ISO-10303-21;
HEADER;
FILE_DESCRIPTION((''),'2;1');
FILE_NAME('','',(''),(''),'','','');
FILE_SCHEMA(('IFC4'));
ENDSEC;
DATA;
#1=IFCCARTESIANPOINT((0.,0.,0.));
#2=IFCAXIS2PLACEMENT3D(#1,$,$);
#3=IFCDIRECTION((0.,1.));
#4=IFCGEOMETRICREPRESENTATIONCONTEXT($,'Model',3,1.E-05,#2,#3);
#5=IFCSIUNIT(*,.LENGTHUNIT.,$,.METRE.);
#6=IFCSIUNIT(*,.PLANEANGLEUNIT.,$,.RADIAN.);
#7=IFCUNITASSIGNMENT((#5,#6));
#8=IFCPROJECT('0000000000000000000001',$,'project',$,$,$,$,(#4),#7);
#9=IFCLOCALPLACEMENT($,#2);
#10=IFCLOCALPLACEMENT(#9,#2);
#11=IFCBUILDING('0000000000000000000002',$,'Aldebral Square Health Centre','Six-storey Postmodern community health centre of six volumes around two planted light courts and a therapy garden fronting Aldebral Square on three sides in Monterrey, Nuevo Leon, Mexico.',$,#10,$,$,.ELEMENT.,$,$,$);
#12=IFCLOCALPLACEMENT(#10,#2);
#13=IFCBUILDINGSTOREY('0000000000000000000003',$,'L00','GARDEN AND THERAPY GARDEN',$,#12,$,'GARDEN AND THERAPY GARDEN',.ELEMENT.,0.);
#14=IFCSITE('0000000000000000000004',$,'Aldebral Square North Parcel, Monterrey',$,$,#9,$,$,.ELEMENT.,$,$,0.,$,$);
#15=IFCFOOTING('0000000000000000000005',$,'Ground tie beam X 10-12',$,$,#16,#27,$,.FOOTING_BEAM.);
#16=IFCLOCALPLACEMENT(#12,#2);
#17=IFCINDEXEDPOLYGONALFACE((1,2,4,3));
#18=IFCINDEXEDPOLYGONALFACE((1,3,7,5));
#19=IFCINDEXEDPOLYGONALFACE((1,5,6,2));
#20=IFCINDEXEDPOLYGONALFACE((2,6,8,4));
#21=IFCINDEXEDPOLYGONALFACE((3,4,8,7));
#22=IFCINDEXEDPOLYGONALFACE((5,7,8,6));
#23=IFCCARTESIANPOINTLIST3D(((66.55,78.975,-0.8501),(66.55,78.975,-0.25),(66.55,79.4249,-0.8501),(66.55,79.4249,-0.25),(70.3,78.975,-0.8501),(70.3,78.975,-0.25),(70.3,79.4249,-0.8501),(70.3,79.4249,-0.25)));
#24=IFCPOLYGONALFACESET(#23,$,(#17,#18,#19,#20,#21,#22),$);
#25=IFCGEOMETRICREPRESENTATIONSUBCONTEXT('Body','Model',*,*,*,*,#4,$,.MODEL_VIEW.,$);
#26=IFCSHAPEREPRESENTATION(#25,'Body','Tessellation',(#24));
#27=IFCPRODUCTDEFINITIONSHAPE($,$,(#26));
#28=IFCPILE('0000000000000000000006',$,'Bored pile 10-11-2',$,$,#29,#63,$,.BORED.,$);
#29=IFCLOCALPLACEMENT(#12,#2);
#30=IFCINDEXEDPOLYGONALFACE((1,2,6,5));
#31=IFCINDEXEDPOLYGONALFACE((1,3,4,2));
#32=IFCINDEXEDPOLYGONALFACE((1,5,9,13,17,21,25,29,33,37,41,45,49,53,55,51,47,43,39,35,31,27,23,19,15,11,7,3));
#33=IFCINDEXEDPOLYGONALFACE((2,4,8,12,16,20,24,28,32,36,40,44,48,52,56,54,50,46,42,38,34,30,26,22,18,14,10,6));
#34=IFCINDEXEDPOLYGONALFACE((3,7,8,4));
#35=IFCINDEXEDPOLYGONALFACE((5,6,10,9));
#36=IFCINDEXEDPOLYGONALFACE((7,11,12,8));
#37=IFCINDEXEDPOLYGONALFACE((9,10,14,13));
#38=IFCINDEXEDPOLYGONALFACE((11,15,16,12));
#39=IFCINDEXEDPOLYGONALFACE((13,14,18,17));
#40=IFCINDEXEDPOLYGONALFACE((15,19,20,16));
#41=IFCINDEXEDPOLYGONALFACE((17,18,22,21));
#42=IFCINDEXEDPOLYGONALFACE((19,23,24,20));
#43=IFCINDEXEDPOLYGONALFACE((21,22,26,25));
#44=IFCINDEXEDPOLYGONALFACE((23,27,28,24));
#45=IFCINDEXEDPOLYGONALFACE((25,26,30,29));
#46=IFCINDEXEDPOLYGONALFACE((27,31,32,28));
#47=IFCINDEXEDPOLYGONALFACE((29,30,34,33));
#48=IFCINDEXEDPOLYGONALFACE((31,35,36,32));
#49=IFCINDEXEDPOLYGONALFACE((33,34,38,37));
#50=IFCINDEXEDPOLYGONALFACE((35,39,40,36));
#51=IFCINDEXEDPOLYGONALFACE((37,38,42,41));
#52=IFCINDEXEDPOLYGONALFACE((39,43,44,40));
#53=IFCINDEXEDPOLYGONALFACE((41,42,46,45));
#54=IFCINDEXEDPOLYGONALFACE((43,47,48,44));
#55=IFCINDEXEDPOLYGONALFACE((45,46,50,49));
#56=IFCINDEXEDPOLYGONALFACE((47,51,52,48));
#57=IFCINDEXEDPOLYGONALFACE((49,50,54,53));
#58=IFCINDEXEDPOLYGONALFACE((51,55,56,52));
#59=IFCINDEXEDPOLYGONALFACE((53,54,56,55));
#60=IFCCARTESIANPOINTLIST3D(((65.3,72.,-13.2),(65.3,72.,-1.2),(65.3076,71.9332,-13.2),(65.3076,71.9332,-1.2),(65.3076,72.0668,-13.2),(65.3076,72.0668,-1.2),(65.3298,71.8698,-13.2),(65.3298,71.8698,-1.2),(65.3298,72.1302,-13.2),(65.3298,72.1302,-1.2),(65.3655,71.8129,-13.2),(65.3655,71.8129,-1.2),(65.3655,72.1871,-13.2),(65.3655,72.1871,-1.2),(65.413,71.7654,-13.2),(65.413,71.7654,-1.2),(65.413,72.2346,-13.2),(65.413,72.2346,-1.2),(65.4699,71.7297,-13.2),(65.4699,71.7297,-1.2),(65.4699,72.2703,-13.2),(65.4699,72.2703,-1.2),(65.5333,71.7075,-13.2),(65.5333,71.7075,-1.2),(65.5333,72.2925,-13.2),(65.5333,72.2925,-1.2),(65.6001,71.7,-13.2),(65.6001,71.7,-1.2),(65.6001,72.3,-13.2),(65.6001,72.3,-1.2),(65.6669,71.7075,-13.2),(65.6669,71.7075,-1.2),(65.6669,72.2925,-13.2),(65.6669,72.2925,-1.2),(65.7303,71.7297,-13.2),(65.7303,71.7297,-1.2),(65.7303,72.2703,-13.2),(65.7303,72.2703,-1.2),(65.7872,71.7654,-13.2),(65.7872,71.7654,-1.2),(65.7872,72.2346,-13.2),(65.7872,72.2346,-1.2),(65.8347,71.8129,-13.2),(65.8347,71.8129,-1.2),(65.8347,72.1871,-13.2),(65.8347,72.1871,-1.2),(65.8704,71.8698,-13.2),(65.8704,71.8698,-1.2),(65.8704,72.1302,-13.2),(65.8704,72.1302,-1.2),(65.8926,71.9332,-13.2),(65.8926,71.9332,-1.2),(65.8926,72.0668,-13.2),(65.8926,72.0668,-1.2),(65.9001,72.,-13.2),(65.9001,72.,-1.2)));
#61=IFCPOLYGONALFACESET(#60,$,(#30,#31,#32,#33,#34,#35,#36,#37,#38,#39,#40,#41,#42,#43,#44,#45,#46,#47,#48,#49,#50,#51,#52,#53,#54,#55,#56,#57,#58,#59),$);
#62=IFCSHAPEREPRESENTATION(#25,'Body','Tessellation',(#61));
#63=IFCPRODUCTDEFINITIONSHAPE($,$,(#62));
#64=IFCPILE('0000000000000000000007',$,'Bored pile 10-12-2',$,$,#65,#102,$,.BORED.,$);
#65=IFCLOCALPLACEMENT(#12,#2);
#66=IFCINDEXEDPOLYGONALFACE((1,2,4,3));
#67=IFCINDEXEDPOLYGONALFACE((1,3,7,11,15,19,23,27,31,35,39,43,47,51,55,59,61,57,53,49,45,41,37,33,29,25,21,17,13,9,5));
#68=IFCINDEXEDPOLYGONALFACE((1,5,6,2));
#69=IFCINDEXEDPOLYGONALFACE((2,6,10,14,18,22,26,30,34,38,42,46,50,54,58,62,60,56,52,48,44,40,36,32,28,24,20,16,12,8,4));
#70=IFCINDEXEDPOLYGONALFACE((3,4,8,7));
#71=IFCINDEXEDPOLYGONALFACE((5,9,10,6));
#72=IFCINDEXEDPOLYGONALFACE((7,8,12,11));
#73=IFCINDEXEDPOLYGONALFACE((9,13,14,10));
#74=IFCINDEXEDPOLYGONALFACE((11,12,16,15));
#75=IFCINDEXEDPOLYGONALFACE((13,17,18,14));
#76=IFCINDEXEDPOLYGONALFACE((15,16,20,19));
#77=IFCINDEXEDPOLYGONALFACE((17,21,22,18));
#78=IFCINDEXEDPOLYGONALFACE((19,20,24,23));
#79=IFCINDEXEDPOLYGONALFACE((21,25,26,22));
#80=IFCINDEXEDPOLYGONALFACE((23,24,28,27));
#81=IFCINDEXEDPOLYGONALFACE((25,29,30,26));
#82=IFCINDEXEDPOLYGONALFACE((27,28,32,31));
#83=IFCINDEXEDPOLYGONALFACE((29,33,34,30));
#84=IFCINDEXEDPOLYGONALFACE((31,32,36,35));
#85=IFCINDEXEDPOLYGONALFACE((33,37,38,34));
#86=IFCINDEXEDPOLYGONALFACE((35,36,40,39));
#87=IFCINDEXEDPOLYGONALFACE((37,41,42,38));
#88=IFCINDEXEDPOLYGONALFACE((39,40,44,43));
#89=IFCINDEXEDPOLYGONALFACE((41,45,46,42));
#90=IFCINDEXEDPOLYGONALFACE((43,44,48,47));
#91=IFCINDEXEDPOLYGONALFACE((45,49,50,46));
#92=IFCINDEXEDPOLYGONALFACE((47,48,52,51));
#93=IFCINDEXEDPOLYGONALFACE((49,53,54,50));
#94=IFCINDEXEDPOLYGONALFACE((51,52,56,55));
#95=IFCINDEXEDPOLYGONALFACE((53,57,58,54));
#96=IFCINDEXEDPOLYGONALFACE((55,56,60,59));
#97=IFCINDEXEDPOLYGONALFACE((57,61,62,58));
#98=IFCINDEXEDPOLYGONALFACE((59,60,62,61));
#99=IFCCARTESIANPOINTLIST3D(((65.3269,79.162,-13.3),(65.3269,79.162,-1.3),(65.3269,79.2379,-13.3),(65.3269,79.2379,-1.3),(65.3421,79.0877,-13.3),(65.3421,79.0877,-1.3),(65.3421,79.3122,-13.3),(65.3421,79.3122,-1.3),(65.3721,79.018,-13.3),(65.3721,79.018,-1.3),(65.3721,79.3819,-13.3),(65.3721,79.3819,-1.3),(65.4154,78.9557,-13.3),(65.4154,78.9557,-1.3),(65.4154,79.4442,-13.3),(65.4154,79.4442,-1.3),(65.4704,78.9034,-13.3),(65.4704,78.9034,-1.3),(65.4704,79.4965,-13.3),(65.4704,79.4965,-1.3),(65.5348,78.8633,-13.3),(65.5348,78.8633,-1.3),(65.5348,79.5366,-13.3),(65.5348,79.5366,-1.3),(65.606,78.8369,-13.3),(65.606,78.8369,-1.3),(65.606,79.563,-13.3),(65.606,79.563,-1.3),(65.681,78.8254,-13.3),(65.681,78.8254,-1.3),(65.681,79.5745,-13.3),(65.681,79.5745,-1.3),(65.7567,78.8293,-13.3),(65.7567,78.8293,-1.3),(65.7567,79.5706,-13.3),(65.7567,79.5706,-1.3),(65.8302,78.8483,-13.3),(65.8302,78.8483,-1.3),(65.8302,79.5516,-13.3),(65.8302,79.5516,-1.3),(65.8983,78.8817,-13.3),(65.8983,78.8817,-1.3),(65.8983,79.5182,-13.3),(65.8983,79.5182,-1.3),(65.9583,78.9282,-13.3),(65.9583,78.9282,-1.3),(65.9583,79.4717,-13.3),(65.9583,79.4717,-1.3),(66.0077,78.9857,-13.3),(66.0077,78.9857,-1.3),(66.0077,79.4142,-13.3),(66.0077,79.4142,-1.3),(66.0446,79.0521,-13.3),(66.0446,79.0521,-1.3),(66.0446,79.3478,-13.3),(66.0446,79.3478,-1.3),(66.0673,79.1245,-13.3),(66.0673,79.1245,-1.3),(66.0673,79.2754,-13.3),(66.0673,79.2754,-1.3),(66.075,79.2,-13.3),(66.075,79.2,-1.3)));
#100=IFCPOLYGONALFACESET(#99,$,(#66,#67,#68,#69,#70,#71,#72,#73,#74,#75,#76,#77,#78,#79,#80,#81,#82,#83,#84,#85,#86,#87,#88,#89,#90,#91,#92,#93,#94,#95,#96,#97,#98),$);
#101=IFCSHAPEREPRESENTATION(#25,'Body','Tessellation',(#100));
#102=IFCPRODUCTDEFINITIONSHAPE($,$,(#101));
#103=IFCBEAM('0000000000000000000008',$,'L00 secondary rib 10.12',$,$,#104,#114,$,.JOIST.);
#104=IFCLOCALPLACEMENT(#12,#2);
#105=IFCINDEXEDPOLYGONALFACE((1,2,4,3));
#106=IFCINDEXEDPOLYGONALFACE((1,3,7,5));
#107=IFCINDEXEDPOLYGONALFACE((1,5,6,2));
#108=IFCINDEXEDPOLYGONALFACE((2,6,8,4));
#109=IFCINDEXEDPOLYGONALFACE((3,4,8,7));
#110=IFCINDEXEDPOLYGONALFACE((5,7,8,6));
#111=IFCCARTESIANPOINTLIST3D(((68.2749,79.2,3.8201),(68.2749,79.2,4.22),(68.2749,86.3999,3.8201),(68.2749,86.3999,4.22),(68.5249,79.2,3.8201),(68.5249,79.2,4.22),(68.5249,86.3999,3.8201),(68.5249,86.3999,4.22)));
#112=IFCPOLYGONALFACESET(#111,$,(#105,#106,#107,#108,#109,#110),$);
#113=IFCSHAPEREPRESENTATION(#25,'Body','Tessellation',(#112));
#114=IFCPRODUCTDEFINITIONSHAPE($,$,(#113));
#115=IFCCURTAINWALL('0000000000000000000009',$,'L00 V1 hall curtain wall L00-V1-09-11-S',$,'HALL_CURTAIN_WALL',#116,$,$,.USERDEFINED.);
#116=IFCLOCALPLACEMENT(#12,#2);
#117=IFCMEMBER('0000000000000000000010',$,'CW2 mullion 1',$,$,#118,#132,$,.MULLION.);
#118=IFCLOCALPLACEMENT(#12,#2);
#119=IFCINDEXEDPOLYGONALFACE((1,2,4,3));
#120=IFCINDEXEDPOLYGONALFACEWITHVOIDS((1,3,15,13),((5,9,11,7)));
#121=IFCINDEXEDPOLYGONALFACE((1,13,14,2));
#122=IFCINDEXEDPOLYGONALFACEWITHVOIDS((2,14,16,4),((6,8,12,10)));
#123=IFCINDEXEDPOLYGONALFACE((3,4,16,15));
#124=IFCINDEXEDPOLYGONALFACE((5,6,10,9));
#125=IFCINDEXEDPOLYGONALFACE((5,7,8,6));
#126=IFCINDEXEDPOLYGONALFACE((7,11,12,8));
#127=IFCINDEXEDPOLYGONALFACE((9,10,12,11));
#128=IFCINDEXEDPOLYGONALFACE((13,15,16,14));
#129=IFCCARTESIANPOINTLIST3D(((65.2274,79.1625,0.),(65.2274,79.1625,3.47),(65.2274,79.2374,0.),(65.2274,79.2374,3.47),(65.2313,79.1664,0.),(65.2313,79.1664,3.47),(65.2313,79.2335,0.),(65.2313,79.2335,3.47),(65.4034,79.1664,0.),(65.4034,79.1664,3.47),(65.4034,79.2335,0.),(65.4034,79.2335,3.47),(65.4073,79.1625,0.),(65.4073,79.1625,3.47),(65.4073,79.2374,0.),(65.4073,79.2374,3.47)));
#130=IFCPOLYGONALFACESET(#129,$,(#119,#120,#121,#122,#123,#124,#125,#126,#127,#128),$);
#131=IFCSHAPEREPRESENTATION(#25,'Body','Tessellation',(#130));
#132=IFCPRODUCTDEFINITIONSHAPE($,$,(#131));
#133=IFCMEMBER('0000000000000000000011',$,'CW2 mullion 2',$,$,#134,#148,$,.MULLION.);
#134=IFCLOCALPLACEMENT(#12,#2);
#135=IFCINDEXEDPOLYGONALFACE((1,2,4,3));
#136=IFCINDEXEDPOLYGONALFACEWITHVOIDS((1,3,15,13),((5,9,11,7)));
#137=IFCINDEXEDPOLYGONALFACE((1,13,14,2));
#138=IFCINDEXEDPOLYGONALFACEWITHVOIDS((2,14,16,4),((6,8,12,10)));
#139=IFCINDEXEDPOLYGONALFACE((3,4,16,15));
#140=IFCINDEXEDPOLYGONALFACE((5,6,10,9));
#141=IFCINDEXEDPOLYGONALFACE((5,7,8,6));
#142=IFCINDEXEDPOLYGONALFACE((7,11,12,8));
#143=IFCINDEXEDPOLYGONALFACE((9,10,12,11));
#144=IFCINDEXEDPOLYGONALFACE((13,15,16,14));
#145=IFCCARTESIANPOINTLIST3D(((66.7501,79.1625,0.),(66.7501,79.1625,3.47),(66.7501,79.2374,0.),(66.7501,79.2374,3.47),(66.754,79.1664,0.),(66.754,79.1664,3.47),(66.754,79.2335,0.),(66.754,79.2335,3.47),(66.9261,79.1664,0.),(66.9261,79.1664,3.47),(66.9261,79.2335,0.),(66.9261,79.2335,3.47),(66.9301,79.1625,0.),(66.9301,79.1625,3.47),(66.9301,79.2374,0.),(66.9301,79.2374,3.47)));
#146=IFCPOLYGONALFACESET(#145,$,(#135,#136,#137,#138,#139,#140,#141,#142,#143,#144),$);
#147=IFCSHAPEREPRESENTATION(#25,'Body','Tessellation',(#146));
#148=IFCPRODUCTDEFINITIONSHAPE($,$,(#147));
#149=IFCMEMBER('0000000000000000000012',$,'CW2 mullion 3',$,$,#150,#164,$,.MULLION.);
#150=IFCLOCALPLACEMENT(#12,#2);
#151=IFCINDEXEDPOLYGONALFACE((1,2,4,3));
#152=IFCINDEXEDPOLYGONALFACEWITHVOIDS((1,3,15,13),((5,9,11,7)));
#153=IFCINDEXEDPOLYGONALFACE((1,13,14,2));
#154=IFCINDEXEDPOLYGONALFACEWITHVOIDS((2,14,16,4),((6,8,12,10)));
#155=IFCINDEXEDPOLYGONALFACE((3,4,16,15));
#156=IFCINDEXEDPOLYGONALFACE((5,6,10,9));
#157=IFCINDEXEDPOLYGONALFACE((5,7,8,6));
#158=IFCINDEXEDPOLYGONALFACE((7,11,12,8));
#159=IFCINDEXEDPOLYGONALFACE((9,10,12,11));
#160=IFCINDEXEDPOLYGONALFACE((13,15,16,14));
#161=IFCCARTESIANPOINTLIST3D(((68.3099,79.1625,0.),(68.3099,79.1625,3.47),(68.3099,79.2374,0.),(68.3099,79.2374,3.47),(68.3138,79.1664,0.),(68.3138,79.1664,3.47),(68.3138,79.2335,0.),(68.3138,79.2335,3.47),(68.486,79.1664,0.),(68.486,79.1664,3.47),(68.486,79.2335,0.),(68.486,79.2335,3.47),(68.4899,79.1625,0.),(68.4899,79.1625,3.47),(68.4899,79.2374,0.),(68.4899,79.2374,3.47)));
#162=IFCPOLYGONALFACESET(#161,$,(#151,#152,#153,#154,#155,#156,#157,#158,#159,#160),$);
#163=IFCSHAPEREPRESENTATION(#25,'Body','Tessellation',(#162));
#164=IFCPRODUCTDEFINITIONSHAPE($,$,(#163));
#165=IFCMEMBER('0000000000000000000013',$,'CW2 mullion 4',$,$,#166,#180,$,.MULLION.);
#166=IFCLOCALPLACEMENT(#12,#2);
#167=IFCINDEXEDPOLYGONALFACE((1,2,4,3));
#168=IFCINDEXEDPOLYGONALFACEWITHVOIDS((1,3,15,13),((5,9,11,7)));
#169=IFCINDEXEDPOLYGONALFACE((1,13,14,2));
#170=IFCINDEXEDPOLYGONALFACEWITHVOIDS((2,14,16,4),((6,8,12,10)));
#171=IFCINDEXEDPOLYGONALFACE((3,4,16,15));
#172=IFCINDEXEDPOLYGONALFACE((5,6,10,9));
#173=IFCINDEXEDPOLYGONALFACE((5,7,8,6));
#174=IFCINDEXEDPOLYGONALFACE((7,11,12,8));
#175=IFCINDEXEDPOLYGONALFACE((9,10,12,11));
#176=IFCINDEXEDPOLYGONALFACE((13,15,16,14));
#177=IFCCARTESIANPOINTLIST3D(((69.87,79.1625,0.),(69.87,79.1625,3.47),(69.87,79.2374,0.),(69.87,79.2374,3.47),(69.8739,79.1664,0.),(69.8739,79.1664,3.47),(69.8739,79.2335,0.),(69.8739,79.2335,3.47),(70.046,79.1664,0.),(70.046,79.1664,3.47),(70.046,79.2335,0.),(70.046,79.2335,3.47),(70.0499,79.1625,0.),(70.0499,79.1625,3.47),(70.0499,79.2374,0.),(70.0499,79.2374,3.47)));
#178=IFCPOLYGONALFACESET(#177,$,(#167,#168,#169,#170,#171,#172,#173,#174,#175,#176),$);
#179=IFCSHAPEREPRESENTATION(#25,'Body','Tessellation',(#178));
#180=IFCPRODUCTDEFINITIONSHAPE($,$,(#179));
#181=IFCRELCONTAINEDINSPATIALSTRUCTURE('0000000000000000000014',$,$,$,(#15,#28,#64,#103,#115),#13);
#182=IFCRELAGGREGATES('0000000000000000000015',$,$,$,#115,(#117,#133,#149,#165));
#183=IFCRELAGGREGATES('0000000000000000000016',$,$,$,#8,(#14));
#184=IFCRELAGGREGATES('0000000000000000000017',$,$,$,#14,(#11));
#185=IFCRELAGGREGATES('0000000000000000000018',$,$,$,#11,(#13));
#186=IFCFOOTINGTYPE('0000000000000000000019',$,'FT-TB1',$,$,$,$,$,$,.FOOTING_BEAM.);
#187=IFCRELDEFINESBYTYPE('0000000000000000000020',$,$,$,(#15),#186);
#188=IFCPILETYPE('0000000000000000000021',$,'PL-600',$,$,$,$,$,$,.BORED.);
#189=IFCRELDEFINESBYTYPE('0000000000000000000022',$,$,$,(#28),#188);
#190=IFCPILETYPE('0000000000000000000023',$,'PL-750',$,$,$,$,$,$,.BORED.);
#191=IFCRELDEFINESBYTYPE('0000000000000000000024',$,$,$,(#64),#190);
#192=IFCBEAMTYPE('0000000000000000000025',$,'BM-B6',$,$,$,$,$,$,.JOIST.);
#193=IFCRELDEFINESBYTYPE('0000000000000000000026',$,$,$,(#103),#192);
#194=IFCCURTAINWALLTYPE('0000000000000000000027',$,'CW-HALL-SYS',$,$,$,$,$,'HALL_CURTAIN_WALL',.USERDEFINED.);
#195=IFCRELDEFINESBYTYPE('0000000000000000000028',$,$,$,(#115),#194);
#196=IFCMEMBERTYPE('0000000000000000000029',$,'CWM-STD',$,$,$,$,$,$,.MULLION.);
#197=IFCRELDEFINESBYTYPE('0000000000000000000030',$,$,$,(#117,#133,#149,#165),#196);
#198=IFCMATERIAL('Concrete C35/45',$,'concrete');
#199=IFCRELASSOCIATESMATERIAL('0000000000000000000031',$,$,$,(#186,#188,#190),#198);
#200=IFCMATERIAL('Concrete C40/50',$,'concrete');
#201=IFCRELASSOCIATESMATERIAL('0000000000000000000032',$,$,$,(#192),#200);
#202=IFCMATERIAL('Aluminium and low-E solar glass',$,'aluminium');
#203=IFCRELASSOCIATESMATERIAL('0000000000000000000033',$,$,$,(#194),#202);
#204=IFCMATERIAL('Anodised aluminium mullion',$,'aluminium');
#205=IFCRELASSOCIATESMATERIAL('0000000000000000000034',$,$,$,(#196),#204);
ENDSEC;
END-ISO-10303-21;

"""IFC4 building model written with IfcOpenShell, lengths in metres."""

from ifc_helpers import new_model, si_unit, direction, frame, origin, origin_2d, place, context, subcontext, project, spatial, rectangle, hollow_rectangle, circle, extrude, material, material_profile, profile_set, type_object, element, aggregate, save


model = new_model("IFC4")

# Units and contexts
model_context = context("Model", 3, precision=1e-05, world=origin(), true_north=direction((0.0, 1.0)))
body_context = subcontext(model_context, "Body", "Model", "MODEL_VIEW")
ifc_project = project(units=[si_unit("LENGTHUNIT", "METRE"), si_unit("PLANEANGLEUNIT", "RADIAN")], contexts=[model_context])

# Site, building, storey
site_placement = place(None, origin())
site = spatial("IfcSite", under=ifc_project, at=site_placement, Name="Aldebral Square North Parcel, Monterrey", CompositionType="ELEMENT", RefElevation=0.0)
building_placement = place(site_placement, origin())
building = spatial("IfcBuilding", under=site, at=building_placement, Name="Aldebral Square Health Centre", Description="Six-storey Postmodern community health centre of six volumes around two planted light courts and a therapy garden fronting Aldebral Square on three sides in Monterrey, Nuevo Leon, Mexico.", CompositionType="ELEMENT")
storey_placement = place(building_placement, origin())
storey = spatial("IfcBuildingStorey", under=building, at=storey_placement, Name="L00", Description="GARDEN AND THERAPY GARDEN", LongName="GARDEN AND THERAPY GARDEN", CompositionType="ELEMENT", Elevation=0.0)

# Footing
ifc_material_1 = material(Name="Concrete C35/45", Category="concrete")
ifc_material_profile_1 = material_profile(ifc_material_1, rectangle(XDim=0.45, YDim=0.6001, at=origin_2d()), Name="RC 450x600")
ifc_profile_set_1 = profile_set([ifc_material_profile_1], Name="Concrete C35/45")
footing_type = type_object("IfcFootingType", Name="FT-TB1", PredefinedType="FOOTING_BEAM", material=ifc_profile_set_1)
footing_placement = place(storey_placement, frame((66.55, 79.2, -0.55), z_axis=(1.0, 0.0, 0.0), x_axis=(0.0, 1.0, 0.0)))
element("IfcFooting", 1, at=footing_placement, inside=storey, type_object=footing_type, Name="Ground tie beam X 10-12", PredefinedType="FOOTING_BEAM", context=body_context, shape_type="SweptSolid", body=[
    extrude(rectangle(XDim=0.45, YDim=0.6001, at=origin_2d()), origin(), (0.0, 0.0, 1.0), 3.75),
])

# Piles
ifc_material_profile_2 = material_profile(ifc_material_1, circle(Radius=0.3, at=origin_2d()), Name="PILE D600")
ifc_profile_set_2 = profile_set([ifc_material_profile_2], Name="Concrete C35/45")
pile_type_1 = type_object("IfcPileType", Name="PL-600", PredefinedType="BORED", material=ifc_profile_set_2)
pile_1_placement = place(storey_placement, frame((65.6001, 72.0, -1.2), z_axis=(0.0, 0.0, -1.0), x_axis=(1.0, 0.0, 0.0)))
element("IfcPile", 2, at=pile_1_placement, inside=storey, type_object=pile_type_1, Name="Bored pile 10-11-2", PredefinedType="BORED", context=body_context, shape_type="SweptSolid", body=[
    extrude(circle(Radius=0.3, at=origin_2d()), origin(), (0.0, 0.0, 1.0), 12.0),
])
ifc_material_profile_3 = material_profile(ifc_material_1, circle(Radius=0.375, at=origin_2d()), Name="PILE D750")
ifc_profile_set_3 = profile_set([ifc_material_profile_3], Name="Concrete C35/45")
pile_type_2 = type_object("IfcPileType", Name="PL-750", PredefinedType="BORED", material=ifc_profile_set_3)
pile_2_placement = place(storey_placement, frame((65.7, 79.2, -1.3), z_axis=(0.0, 0.0, -1.0), x_axis=(1.0, 0.0, 0.0)))
element("IfcPile", 3, at=pile_2_placement, inside=storey, type_object=pile_type_2, Name="Bored pile 10-12-2", PredefinedType="BORED", context=body_context, shape_type="SweptSolid", body=[
    extrude(circle(Radius=0.375, at=origin_2d()), origin(), (0.0, 0.0, 1.0), 12.0),
])

# Beam
ifc_material_2 = material(Name="Concrete C40/50", Category="concrete")
ifc_material_profile_4 = material_profile(ifc_material_2, rectangle(XDim=0.25, YDim=0.3999, at=origin_2d()), Name="RC 250x400")
ifc_profile_set_4 = profile_set([ifc_material_profile_4], Name="Concrete C40/50")
beam_type = type_object("IfcBeamType", Name="BM-B6", PredefinedType="JOIST", material=ifc_profile_set_4)
beam_placement = place(storey_placement, frame((68.3999, 79.2, 4.02), z_axis=(0.0, 1.0, 0.0), x_axis=(-1.0, 0.0, 0.0)))
element("IfcBeam", 4, at=beam_placement, inside=storey, type_object=beam_type, Name="L00 secondary rib 10.12", PredefinedType="JOIST", context=body_context, shape_type="SweptSolid", body=[
    extrude(rectangle(XDim=0.25, YDim=0.3999, at=origin_2d()), origin(), (0.0, 0.0, 1.0), 7.2),
])

# Curtain wall, members
ifc_material_3 = material(Name="Aluminium and low-E solar glass", Category="aluminium")
curtain_wall_type = type_object("IfcCurtainWallType", Name="CW-HALL-SYS", ElementType="HALL_CURTAIN_WALL", PredefinedType="USERDEFINED", material=ifc_material_3)
curtain_wall_placement = place(storey_placement, origin())
curtain_wall = element("IfcCurtainWall", 5, at=curtain_wall_placement, inside=storey, type_object=curtain_wall_type, Name="L00 V1 hall curtain wall L00-V1-09-11-S", ObjectType="HALL_CURTAIN_WALL", PredefinedType="USERDEFINED")
ifc_material_4 = material(Name="Anodised aluminium mullion", Category="aluminium")
ifc_material_profile_5 = material_profile(ifc_material_4, hollow_rectangle(XDim=0.075, YDim=0.1799, WallThickness=0.0039, at=origin_2d()), Name="CWM 75x180x4")
ifc_profile_set_5 = profile_set([ifc_material_profile_5], Name="Anodised aluminium mullion")
member_type_1 = type_object("IfcMemberType", Name="CWM-STD", PredefinedType="MULLION", material=ifc_profile_set_5)
member_1_placement = place(storey_placement, frame((65.3174, 79.2, 0.0), z_axis=(0.0, 0.0, 1.0), x_axis=(0.0, 1.0, 0.0)))
member_1 = element("IfcMember", 6, at=member_1_placement, type_object=member_type_1, Name="CW2 mullion 1", PredefinedType="MULLION", context=body_context, shape_type="SweptSolid", body=[
    extrude(hollow_rectangle(XDim=0.075, YDim=0.1799, WallThickness=0.0039, at=origin_2d()), origin(), (0.0, 0.0, 1.0), 3.47),
])
member_2_placement = place(storey_placement, frame((66.8401, 79.2, 0.0), z_axis=(0.0, 0.0, 1.0), x_axis=(0.0, 1.0, 0.0)))
member_2 = element("IfcMember", 7, at=member_2_placement, type_object=member_type_1, Name="CW2 mullion 2", PredefinedType="MULLION", context=body_context, shape_type="SweptSolid", body=[
    extrude(hollow_rectangle(XDim=0.075, YDim=0.1799, WallThickness=0.0039, at=origin_2d()), origin(), (0.0, 0.0, 1.0), 3.47),
])
member_3_placement = place(storey_placement, frame((68.3999, 79.2, 0.0), z_axis=(0.0, 0.0, 1.0), x_axis=(0.0, 1.0, 0.0)))
member_3 = element("IfcMember", 8, at=member_3_placement, type_object=member_type_1, Name="CW2 mullion 3", PredefinedType="MULLION", context=body_context, shape_type="SweptSolid", body=[
    extrude(hollow_rectangle(XDim=0.075, YDim=0.1799, WallThickness=0.0039, at=origin_2d()), origin(), (0.0, 0.0, 1.0), 3.47),
])
member_4_placement = place(storey_placement, frame((69.96, 79.2, 0.0), z_axis=(0.0, 0.0, 1.0), x_axis=(0.0, 1.0, 0.0)))
member_4 = element("IfcMember", 9, at=member_4_placement, type_object=member_type_1, Name="CW2 mullion 4", PredefinedType="MULLION", context=body_context, shape_type="SweptSolid", body=[
    extrude(hollow_rectangle(XDim=0.075, YDim=0.1799, WallThickness=0.0039, at=origin_2d()), origin(), (0.0, 0.0, 1.0), 3.47),
])
aggregate(curtain_wall, [member_1, member_2, member_3, member_4])

save(model, "model.ifc")
